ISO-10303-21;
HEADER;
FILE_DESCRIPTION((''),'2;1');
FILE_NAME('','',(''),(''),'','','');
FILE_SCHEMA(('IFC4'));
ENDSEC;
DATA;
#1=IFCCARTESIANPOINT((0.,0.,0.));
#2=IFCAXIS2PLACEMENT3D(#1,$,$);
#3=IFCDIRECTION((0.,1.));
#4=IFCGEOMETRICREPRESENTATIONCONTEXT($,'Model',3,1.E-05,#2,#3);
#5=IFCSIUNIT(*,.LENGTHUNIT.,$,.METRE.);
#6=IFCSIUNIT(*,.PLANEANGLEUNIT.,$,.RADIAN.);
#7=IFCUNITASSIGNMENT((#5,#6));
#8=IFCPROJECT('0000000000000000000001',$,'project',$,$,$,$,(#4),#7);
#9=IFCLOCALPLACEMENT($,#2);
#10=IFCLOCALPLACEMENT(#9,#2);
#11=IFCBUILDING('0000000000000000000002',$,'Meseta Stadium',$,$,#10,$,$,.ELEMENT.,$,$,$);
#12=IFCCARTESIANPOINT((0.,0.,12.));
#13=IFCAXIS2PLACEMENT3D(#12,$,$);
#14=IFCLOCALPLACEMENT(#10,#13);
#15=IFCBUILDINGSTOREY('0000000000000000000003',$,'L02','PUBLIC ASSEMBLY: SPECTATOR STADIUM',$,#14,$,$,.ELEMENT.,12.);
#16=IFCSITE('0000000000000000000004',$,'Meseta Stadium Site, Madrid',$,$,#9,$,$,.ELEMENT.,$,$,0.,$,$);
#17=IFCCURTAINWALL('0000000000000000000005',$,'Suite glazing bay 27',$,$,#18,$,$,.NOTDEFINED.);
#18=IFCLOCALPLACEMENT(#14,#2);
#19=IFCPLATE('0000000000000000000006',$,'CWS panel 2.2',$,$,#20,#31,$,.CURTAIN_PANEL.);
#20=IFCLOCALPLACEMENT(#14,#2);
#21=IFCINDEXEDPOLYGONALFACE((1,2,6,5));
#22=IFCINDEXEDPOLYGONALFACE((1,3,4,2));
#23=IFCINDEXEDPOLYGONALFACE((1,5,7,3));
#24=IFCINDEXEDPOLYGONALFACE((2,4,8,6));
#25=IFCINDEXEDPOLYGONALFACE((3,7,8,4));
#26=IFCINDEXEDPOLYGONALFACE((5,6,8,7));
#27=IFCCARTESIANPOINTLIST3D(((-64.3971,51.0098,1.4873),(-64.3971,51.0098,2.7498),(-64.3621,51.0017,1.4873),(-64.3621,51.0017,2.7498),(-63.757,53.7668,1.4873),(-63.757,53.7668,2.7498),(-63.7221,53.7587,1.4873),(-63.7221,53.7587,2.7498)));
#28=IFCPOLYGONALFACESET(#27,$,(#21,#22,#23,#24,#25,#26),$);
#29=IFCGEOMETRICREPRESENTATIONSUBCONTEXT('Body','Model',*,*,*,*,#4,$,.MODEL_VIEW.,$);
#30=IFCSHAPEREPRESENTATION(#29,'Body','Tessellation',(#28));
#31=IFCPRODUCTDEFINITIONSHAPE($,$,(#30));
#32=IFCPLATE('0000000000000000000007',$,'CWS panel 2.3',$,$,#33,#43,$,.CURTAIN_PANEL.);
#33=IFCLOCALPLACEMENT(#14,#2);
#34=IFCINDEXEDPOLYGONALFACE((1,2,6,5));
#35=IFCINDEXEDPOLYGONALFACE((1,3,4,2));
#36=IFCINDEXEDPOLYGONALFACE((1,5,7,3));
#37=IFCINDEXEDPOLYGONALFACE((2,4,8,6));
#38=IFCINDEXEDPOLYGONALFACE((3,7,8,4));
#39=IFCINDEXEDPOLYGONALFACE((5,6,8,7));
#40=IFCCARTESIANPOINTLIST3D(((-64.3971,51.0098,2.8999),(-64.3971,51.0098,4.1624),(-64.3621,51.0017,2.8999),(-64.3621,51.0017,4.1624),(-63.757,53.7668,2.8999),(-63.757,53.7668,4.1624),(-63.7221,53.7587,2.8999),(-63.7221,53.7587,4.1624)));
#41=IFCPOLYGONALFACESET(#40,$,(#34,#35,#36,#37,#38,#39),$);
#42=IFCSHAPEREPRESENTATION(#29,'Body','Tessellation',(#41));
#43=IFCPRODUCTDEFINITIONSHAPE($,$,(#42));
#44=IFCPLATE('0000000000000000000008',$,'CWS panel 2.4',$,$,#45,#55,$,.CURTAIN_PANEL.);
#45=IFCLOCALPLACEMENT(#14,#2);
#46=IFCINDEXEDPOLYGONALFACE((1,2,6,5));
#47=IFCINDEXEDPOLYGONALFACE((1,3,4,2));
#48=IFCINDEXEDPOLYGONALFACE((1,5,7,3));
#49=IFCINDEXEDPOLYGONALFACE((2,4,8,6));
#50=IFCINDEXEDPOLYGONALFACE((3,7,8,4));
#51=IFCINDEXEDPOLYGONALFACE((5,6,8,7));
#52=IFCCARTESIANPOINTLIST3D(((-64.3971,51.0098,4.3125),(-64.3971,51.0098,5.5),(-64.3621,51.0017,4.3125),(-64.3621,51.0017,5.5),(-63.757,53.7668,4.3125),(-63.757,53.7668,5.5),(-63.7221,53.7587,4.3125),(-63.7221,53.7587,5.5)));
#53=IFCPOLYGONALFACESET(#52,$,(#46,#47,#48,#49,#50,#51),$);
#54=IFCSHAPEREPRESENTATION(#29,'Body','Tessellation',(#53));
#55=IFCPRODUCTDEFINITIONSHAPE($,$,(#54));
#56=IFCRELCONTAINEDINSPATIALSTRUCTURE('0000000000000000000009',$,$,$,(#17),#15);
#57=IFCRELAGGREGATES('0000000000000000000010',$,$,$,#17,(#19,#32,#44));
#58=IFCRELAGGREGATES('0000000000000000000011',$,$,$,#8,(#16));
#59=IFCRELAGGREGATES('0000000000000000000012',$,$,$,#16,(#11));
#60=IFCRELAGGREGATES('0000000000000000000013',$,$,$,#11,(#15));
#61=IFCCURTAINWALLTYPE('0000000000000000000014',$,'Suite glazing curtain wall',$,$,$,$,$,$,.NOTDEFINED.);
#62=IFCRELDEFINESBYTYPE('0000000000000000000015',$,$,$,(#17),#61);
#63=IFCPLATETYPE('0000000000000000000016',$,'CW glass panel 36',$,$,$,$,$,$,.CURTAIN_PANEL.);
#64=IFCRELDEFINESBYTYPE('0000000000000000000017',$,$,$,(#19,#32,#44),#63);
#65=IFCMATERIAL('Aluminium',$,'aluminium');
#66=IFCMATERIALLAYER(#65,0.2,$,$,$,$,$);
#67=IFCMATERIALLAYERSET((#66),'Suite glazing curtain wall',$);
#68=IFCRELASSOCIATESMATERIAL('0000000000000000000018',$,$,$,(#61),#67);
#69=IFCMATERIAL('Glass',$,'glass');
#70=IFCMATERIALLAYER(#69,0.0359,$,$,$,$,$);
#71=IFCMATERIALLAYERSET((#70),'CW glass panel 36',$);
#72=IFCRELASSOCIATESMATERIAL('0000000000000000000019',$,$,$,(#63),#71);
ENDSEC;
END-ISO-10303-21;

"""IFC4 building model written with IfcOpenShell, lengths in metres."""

from ifc_helpers import new_model, si_unit, direction, frame, origin, origin_2d, place, context, subcontext, project, spatial, rectangle, extrude, material, layer, layer_set, type_object, element, aggregate, save


model = new_model("IFC4")

# Units and contexts
model_context = context("Model", 3, precision=1e-05, world=origin(), true_north=direction((0.0, 1.0)))
body_context = subcontext(model_context, "Body", "Model", "MODEL_VIEW")
ifc_project = project(units=[si_unit("LENGTHUNIT", "METRE"), si_unit("PLANEANGLEUNIT", "RADIAN")], contexts=[model_context])

# Site, building, storey
site_placement = place(None, origin())
site = spatial("IfcSite", under=ifc_project, at=site_placement, Name="Meseta Stadium Site, Madrid", CompositionType="ELEMENT", RefElevation=0.0)
building_placement = place(site_placement, origin())
building = spatial("IfcBuilding", under=site, at=building_placement, Name="Meseta Stadium", CompositionType="ELEMENT")
storey_placement = place(building_placement, frame((0.0, 0.0, 12.0)))
storey = spatial("IfcBuildingStorey", under=building, at=storey_placement, Name="L02", Description="PUBLIC ASSEMBLY: SPECTATOR STADIUM", CompositionType="ELEMENT", Elevation=12.0)

# Curtain wall
ifc_material_1 = material(Name="Aluminium", Category="aluminium")
ifc_layer_1 = layer(ifc_material_1, 0.2)
ifc_layer_set_1 = layer_set([ifc_layer_1], Name="Suite glazing curtain wall")
curtain_wall_type = type_object("IfcCurtainWallType", Name="Suite glazing curtain wall", PredefinedType="NOTDEFINED", material=ifc_layer_set_1)
curtain_wall_placement = place(storey_placement, origin())
curtain_wall = element("IfcCurtainWall", 1, at=curtain_wall_placement, inside=storey, type_object=curtain_wall_type, Name="Suite glazing bay 27", PredefinedType="NOTDEFINED")

# Plates
ifc_material_2 = material(Name="Glass", Category="glass")
ifc_layer_2 = layer(ifc_material_2, 0.0359)
ifc_layer_set_2 = layer_set([ifc_layer_2], Name="CW glass panel 36")
plate_type = type_object("IfcPlateType", Name="CW glass panel 36", PredefinedType="CURTAIN_PANEL", material=ifc_layer_set_2)
plate_1_placement = place(storey_placement, frame((-64.0596, 52.3843, 1.4873), z_axis=(0.0, 0.0, 1.0), x_axis=(-0.226148, -0.974093, 0.0)))
plate_1 = element("IfcPlate", 2, at=plate_1_placement, type_object=plate_type, Name="CWS panel 2.2", PredefinedType="CURTAIN_PANEL", context=body_context, shape_type="SweptSolid", body=[
    extrude(rectangle(XDim=2.8303, YDim=0.0359, at=origin_2d()), origin(), (0.0, 0.0, 1.0), 1.2625),
])
plate_2_placement = place(storey_placement, frame((-64.0596, 52.3843, 2.8999), z_axis=(0.0, 0.0, 1.0), x_axis=(-0.226148, -0.974093, 0.0)))
plate_2 = element("IfcPlate", 3, at=plate_2_placement, type_object=plate_type, Name="CWS panel 2.3", PredefinedType="CURTAIN_PANEL", context=body_context, shape_type="SweptSolid", body=[
    extrude(rectangle(XDim=2.8303, YDim=0.0359, at=origin_2d()), origin(), (0.0, 0.0, 1.0), 1.2625),
])
plate_3_placement = place(storey_placement, frame((-64.0596, 52.3843, 4.3125), z_axis=(0.0, 0.0, 1.0), x_axis=(-0.226148, -0.974093, 0.0)))
plate_3 = element("IfcPlate", 4, at=plate_3_placement, type_object=plate_type, Name="CWS panel 2.4", PredefinedType="CURTAIN_PANEL", context=body_context, shape_type="SweptSolid", body=[
    extrude(rectangle(XDim=2.8303, YDim=0.0359, at=origin_2d()), origin(), (0.0, 0.0, 1.0), 1.1875),
])
aggregate(curtain_wall, [plate_1, plate_2, plate_3])

save(model, "model.ifc")
